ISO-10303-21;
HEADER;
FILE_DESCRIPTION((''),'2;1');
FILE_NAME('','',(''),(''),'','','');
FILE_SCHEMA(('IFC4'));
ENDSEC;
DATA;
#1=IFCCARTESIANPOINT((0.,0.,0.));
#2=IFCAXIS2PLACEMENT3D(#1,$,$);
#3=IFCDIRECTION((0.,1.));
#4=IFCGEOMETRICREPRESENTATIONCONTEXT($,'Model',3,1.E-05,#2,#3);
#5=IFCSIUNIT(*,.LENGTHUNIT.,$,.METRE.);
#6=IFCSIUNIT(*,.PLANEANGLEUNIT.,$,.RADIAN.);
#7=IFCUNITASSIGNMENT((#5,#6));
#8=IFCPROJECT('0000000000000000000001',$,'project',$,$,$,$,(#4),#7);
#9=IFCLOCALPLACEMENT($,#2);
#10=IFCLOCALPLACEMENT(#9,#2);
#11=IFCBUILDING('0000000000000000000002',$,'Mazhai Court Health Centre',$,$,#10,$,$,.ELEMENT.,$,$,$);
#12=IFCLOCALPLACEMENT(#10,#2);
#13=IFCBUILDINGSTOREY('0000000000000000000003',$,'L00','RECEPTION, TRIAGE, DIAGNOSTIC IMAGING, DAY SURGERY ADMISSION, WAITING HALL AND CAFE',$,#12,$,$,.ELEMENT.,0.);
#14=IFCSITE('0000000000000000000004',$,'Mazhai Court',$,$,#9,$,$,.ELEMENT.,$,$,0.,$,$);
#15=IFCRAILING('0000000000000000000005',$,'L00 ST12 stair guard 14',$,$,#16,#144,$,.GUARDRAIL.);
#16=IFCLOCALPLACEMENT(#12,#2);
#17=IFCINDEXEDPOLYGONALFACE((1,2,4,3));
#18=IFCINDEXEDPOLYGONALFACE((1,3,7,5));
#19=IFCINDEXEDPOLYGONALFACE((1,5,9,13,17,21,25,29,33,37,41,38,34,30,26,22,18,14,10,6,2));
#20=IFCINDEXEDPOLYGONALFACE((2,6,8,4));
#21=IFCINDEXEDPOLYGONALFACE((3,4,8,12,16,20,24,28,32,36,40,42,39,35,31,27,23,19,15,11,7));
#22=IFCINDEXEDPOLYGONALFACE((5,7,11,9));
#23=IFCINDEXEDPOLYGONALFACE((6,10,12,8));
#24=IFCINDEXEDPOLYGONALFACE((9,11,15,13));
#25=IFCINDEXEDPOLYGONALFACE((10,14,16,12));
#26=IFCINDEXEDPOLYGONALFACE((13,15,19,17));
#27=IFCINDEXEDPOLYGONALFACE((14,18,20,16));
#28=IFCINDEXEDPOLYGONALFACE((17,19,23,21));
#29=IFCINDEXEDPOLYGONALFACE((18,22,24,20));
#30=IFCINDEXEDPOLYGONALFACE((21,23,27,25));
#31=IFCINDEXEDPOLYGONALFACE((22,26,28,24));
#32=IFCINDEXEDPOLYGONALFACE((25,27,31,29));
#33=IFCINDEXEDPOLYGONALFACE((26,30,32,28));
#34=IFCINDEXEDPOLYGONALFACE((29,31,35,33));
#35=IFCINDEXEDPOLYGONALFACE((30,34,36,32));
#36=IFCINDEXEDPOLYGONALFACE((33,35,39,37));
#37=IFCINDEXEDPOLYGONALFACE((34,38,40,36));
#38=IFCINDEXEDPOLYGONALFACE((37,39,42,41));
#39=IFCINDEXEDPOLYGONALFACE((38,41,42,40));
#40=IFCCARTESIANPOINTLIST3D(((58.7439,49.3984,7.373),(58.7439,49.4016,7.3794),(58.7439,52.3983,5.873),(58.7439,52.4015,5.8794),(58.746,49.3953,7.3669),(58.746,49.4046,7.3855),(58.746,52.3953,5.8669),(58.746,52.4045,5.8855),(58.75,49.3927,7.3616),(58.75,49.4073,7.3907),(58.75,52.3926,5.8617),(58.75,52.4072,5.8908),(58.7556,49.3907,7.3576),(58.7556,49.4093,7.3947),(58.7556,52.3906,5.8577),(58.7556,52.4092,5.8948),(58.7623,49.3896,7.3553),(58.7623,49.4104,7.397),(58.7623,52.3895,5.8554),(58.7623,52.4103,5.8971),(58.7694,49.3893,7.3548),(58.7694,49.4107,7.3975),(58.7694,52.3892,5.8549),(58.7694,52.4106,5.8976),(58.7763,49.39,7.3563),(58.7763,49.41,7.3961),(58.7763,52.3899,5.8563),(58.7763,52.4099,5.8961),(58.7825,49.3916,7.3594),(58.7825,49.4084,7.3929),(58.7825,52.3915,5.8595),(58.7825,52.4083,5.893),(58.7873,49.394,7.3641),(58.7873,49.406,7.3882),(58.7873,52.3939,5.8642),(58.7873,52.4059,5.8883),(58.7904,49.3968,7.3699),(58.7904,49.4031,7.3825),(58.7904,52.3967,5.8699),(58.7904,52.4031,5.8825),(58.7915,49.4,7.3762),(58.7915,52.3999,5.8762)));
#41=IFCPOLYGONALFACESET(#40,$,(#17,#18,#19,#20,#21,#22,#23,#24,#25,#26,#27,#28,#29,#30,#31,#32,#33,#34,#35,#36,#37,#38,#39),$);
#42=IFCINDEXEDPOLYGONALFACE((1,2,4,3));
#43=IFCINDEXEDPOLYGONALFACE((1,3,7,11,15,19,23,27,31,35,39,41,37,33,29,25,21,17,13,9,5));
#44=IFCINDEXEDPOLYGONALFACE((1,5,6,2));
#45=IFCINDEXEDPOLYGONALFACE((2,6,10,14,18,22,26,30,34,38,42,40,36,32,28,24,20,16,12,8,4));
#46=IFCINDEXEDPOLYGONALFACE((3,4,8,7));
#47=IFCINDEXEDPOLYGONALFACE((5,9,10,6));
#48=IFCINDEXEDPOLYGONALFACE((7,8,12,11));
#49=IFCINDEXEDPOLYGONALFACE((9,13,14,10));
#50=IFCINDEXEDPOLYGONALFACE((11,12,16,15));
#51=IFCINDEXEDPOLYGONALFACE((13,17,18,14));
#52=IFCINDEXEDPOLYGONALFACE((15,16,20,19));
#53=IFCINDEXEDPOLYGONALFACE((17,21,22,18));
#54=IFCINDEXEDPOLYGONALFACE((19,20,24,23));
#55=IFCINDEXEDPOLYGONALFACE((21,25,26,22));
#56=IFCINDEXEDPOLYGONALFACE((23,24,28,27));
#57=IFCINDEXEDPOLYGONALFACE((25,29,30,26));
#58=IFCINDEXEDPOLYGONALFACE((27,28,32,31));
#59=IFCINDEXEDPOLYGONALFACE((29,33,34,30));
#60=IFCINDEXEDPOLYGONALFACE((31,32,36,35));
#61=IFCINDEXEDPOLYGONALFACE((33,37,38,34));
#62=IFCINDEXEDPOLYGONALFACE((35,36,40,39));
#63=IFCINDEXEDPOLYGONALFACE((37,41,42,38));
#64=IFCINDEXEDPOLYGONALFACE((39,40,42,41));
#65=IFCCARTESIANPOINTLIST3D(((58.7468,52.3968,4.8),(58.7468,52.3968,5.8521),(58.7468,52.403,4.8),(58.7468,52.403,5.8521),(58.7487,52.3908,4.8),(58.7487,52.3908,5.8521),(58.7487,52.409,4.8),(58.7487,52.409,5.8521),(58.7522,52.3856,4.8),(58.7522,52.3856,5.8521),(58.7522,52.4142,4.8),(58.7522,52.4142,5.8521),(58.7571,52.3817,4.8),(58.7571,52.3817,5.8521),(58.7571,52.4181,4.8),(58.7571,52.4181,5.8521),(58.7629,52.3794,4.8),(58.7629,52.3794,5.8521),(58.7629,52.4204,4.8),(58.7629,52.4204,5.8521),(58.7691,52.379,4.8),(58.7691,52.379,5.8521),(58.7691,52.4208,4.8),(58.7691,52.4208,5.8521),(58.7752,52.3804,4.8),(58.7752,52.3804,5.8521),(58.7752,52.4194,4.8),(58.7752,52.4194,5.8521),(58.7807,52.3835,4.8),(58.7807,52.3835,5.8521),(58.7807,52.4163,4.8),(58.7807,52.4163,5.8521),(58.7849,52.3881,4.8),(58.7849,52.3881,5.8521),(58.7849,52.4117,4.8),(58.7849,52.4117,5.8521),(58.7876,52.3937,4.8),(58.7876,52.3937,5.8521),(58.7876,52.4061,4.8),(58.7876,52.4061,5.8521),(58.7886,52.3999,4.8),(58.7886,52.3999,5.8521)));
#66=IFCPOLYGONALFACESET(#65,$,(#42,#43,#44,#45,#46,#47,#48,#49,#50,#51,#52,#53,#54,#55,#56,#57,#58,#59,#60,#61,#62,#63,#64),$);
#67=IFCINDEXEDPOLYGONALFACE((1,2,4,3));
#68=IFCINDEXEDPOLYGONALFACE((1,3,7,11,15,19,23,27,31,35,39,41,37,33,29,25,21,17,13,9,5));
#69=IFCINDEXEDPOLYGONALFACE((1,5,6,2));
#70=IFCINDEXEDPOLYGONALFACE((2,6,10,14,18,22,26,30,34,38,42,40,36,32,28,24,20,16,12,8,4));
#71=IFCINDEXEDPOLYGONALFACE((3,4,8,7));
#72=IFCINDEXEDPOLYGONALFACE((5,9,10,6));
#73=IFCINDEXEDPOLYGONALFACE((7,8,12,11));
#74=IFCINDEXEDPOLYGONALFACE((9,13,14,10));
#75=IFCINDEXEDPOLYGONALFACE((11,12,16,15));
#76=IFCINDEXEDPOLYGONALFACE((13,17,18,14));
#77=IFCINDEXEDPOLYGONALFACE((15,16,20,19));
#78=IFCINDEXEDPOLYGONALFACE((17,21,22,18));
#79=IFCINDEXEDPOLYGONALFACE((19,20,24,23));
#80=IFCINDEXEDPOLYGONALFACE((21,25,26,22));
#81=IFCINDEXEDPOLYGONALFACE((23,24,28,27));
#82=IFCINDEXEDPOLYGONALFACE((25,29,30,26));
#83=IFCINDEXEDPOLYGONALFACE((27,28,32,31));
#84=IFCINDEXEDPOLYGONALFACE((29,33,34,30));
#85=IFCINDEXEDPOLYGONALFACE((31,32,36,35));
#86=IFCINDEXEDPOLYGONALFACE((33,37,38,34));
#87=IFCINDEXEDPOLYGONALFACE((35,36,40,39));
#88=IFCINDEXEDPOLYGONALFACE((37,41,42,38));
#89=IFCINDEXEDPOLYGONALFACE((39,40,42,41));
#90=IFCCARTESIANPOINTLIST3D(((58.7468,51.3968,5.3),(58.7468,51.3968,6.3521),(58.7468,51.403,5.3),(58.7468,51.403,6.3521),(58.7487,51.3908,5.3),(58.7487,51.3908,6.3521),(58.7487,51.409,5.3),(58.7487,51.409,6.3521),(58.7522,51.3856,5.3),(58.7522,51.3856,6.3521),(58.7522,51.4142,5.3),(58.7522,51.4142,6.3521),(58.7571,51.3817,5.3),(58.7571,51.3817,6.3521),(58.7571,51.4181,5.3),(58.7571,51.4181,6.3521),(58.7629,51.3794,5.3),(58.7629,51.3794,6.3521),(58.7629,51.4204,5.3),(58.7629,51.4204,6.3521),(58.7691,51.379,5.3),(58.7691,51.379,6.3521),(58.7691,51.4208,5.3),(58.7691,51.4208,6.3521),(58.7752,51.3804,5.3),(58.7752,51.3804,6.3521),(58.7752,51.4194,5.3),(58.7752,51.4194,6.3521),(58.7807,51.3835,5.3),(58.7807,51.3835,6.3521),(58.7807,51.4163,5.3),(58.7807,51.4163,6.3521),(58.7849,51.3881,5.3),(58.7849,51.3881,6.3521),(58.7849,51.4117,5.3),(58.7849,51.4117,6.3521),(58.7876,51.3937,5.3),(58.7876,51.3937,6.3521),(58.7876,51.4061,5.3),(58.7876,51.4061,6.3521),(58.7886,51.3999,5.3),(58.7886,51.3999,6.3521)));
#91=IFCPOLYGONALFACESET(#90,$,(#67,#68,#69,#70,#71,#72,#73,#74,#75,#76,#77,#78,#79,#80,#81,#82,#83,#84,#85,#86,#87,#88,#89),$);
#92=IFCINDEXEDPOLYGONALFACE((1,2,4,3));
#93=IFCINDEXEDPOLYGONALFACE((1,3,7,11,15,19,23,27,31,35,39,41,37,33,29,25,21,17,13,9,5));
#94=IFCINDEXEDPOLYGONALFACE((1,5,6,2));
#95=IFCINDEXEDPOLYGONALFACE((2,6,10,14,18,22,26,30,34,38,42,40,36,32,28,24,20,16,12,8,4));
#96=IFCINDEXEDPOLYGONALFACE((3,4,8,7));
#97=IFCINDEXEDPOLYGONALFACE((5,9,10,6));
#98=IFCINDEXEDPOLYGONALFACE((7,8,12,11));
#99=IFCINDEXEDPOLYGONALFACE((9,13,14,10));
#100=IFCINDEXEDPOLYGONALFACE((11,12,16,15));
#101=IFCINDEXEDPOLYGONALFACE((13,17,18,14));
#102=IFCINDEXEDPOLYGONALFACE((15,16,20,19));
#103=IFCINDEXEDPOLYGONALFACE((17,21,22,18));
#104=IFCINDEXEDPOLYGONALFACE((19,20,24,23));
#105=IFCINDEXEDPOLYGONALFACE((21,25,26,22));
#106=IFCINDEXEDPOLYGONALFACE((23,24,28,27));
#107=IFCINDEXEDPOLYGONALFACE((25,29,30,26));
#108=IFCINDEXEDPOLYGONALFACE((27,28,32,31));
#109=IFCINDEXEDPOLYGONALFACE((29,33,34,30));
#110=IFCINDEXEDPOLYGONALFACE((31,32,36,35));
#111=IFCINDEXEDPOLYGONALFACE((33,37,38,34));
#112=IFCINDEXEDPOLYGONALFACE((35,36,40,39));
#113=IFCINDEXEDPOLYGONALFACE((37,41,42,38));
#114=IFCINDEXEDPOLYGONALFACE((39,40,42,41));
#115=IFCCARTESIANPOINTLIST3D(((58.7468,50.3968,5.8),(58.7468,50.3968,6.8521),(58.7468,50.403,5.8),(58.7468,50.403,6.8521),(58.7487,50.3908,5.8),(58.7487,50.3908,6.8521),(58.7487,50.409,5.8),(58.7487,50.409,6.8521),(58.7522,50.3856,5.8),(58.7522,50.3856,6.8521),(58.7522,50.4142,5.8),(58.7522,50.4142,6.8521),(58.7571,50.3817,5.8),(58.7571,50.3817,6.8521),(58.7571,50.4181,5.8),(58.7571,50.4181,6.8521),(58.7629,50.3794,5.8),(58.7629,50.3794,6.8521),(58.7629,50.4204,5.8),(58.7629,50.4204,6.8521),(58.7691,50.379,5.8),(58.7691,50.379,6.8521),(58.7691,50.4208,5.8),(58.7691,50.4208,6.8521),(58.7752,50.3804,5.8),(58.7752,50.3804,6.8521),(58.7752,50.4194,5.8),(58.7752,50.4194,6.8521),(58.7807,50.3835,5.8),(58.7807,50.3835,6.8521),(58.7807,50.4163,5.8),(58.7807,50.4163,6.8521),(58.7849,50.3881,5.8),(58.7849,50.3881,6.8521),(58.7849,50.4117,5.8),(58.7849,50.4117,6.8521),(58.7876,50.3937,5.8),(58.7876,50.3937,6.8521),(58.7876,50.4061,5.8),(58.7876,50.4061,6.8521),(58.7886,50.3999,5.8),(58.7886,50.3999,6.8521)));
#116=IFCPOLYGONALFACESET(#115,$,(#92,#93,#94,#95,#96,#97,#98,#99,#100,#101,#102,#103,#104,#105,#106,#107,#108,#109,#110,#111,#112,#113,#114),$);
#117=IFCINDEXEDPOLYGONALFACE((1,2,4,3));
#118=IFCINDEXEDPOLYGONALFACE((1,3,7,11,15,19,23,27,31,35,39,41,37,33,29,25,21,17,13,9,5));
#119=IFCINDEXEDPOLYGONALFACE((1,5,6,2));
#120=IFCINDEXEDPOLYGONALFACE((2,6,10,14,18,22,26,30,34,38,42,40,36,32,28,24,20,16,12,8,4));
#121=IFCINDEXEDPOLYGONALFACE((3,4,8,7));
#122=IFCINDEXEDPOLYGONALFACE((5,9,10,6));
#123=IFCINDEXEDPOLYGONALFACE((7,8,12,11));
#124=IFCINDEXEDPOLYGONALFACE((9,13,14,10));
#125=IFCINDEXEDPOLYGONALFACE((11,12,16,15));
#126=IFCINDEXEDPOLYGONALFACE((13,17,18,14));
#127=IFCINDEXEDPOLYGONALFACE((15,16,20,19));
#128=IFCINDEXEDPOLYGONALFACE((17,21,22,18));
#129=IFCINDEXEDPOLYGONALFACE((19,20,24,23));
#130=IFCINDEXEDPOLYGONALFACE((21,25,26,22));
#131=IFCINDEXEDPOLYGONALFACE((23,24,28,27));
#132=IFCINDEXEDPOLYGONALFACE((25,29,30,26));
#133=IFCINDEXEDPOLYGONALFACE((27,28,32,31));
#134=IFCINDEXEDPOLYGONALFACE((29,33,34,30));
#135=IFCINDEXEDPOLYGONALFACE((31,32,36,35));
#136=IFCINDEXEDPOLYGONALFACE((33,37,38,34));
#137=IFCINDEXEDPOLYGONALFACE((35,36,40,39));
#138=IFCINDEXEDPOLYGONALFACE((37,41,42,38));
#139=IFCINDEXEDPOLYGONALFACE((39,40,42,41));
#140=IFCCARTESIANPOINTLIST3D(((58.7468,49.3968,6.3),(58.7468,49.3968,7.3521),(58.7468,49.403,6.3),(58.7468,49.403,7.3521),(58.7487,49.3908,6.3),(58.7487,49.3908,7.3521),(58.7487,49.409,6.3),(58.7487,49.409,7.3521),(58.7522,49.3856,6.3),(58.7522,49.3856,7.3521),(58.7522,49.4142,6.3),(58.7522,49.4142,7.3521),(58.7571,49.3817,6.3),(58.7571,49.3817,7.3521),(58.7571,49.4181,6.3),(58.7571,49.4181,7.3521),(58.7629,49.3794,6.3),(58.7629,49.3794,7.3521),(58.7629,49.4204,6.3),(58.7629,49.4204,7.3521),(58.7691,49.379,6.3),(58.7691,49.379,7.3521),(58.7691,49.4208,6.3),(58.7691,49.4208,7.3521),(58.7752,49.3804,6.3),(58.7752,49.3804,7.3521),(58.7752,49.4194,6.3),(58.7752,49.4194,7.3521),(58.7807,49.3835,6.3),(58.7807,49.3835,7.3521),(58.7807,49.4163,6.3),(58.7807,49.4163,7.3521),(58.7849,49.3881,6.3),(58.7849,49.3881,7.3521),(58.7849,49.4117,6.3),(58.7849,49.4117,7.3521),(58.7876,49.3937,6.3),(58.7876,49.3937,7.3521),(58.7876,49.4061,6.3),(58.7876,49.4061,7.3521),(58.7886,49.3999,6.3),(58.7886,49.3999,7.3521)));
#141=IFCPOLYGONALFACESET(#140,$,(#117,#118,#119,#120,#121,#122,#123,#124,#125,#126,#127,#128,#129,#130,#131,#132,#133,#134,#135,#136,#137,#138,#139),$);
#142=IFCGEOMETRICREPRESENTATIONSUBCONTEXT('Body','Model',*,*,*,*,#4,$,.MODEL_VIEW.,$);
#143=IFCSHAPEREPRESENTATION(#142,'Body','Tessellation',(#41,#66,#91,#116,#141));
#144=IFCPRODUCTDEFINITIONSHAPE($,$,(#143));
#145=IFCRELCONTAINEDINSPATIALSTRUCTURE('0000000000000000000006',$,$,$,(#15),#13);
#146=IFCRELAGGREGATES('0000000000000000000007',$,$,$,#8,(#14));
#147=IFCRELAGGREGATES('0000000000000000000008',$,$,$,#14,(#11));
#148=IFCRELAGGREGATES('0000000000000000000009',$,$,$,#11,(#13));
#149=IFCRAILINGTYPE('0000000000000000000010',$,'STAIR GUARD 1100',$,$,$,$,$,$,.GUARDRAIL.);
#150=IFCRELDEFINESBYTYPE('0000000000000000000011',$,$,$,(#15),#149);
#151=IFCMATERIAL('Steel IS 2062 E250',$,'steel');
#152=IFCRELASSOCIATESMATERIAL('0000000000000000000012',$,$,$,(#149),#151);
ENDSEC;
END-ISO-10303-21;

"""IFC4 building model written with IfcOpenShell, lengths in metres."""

from ifc_helpers import new_model, si_unit, direction, frame, origin, origin_2d, place, context, subcontext, project, spatial, circle, extrude, material, type_object, element, save


model = new_model("IFC4")

# Units and contexts
model_context = context("Model", 3, precision=1e-05, world=origin(), true_north=direction((0.0, 1.0)))
body_context = subcontext(model_context, "Body", "Model", "MODEL_VIEW")
ifc_project = project(units=[si_unit("LENGTHUNIT", "METRE"), si_unit("PLANEANGLEUNIT", "RADIAN")], contexts=[model_context])

# Site, building, storey
site_placement = place(None, origin())
site = spatial("IfcSite", under=ifc_project, at=site_placement, Name="Mazhai Court", CompositionType="ELEMENT", RefElevation=0.0)
building_placement = place(site_placement, origin())
building = spatial("IfcBuilding", under=site, at=building_placement, Name="Mazhai Court Health Centre", CompositionType="ELEMENT")
storey_placement = place(building_placement, origin())
storey = spatial("IfcBuildingStorey", under=building, at=storey_placement, Name="L00", Description="RECEPTION, TRIAGE, DIAGNOSTIC IMAGING, DAY SURGERY ADMISSION, WAITING HALL AND CAFE", CompositionType="ELEMENT", Elevation=0.0)

# Railing
ifc_material_1 = material(Name="Steel IS 2062 E250", Category="steel")
railing_type_1 = type_object("IfcRailingType", Name="STAIR GUARD 1100", PredefinedType="GUARDRAIL", material=ifc_material_1)
railing_1_placement = place(storey_placement, frame((58.7676, 52.3999, 4.8)))
element("IfcRailing", 1, at=railing_1_placement, inside=storey, type_object=railing_type_1, Name="L00 ST12 stair guard 14", PredefinedType="GUARDRAIL", context=body_context, shape_type="SweptSolid", body=[
    extrude(circle(Radius=0.0239, at=origin_2d()), frame((0.0, 0.0, 1.0762), z_axis=(0.0, -0.894427, 0.447214), x_axis=(1.0, 0.0, 0.0)), (0.0, 0.0, 1.0), 3.354),
    extrude(circle(Radius=0.021, at=origin_2d()), origin(), (0.0, 0.0, 1.0), 1.052),
    extrude(circle(Radius=0.021, at=origin_2d()), frame((0.0, -1.0, 0.5)), (0.0, 0.0, 1.0), 1.052),
    extrude(circle(Radius=0.021, at=origin_2d()), frame((0.0, -2.0, 1.0)), (0.0, 0.0, 1.0), 1.052),
    extrude(circle(Radius=0.021, at=origin_2d()), frame((0.0, -3.0, 1.5)), (0.0, 0.0, 1.0), 1.052),
])

save(model, "model.ifc")
